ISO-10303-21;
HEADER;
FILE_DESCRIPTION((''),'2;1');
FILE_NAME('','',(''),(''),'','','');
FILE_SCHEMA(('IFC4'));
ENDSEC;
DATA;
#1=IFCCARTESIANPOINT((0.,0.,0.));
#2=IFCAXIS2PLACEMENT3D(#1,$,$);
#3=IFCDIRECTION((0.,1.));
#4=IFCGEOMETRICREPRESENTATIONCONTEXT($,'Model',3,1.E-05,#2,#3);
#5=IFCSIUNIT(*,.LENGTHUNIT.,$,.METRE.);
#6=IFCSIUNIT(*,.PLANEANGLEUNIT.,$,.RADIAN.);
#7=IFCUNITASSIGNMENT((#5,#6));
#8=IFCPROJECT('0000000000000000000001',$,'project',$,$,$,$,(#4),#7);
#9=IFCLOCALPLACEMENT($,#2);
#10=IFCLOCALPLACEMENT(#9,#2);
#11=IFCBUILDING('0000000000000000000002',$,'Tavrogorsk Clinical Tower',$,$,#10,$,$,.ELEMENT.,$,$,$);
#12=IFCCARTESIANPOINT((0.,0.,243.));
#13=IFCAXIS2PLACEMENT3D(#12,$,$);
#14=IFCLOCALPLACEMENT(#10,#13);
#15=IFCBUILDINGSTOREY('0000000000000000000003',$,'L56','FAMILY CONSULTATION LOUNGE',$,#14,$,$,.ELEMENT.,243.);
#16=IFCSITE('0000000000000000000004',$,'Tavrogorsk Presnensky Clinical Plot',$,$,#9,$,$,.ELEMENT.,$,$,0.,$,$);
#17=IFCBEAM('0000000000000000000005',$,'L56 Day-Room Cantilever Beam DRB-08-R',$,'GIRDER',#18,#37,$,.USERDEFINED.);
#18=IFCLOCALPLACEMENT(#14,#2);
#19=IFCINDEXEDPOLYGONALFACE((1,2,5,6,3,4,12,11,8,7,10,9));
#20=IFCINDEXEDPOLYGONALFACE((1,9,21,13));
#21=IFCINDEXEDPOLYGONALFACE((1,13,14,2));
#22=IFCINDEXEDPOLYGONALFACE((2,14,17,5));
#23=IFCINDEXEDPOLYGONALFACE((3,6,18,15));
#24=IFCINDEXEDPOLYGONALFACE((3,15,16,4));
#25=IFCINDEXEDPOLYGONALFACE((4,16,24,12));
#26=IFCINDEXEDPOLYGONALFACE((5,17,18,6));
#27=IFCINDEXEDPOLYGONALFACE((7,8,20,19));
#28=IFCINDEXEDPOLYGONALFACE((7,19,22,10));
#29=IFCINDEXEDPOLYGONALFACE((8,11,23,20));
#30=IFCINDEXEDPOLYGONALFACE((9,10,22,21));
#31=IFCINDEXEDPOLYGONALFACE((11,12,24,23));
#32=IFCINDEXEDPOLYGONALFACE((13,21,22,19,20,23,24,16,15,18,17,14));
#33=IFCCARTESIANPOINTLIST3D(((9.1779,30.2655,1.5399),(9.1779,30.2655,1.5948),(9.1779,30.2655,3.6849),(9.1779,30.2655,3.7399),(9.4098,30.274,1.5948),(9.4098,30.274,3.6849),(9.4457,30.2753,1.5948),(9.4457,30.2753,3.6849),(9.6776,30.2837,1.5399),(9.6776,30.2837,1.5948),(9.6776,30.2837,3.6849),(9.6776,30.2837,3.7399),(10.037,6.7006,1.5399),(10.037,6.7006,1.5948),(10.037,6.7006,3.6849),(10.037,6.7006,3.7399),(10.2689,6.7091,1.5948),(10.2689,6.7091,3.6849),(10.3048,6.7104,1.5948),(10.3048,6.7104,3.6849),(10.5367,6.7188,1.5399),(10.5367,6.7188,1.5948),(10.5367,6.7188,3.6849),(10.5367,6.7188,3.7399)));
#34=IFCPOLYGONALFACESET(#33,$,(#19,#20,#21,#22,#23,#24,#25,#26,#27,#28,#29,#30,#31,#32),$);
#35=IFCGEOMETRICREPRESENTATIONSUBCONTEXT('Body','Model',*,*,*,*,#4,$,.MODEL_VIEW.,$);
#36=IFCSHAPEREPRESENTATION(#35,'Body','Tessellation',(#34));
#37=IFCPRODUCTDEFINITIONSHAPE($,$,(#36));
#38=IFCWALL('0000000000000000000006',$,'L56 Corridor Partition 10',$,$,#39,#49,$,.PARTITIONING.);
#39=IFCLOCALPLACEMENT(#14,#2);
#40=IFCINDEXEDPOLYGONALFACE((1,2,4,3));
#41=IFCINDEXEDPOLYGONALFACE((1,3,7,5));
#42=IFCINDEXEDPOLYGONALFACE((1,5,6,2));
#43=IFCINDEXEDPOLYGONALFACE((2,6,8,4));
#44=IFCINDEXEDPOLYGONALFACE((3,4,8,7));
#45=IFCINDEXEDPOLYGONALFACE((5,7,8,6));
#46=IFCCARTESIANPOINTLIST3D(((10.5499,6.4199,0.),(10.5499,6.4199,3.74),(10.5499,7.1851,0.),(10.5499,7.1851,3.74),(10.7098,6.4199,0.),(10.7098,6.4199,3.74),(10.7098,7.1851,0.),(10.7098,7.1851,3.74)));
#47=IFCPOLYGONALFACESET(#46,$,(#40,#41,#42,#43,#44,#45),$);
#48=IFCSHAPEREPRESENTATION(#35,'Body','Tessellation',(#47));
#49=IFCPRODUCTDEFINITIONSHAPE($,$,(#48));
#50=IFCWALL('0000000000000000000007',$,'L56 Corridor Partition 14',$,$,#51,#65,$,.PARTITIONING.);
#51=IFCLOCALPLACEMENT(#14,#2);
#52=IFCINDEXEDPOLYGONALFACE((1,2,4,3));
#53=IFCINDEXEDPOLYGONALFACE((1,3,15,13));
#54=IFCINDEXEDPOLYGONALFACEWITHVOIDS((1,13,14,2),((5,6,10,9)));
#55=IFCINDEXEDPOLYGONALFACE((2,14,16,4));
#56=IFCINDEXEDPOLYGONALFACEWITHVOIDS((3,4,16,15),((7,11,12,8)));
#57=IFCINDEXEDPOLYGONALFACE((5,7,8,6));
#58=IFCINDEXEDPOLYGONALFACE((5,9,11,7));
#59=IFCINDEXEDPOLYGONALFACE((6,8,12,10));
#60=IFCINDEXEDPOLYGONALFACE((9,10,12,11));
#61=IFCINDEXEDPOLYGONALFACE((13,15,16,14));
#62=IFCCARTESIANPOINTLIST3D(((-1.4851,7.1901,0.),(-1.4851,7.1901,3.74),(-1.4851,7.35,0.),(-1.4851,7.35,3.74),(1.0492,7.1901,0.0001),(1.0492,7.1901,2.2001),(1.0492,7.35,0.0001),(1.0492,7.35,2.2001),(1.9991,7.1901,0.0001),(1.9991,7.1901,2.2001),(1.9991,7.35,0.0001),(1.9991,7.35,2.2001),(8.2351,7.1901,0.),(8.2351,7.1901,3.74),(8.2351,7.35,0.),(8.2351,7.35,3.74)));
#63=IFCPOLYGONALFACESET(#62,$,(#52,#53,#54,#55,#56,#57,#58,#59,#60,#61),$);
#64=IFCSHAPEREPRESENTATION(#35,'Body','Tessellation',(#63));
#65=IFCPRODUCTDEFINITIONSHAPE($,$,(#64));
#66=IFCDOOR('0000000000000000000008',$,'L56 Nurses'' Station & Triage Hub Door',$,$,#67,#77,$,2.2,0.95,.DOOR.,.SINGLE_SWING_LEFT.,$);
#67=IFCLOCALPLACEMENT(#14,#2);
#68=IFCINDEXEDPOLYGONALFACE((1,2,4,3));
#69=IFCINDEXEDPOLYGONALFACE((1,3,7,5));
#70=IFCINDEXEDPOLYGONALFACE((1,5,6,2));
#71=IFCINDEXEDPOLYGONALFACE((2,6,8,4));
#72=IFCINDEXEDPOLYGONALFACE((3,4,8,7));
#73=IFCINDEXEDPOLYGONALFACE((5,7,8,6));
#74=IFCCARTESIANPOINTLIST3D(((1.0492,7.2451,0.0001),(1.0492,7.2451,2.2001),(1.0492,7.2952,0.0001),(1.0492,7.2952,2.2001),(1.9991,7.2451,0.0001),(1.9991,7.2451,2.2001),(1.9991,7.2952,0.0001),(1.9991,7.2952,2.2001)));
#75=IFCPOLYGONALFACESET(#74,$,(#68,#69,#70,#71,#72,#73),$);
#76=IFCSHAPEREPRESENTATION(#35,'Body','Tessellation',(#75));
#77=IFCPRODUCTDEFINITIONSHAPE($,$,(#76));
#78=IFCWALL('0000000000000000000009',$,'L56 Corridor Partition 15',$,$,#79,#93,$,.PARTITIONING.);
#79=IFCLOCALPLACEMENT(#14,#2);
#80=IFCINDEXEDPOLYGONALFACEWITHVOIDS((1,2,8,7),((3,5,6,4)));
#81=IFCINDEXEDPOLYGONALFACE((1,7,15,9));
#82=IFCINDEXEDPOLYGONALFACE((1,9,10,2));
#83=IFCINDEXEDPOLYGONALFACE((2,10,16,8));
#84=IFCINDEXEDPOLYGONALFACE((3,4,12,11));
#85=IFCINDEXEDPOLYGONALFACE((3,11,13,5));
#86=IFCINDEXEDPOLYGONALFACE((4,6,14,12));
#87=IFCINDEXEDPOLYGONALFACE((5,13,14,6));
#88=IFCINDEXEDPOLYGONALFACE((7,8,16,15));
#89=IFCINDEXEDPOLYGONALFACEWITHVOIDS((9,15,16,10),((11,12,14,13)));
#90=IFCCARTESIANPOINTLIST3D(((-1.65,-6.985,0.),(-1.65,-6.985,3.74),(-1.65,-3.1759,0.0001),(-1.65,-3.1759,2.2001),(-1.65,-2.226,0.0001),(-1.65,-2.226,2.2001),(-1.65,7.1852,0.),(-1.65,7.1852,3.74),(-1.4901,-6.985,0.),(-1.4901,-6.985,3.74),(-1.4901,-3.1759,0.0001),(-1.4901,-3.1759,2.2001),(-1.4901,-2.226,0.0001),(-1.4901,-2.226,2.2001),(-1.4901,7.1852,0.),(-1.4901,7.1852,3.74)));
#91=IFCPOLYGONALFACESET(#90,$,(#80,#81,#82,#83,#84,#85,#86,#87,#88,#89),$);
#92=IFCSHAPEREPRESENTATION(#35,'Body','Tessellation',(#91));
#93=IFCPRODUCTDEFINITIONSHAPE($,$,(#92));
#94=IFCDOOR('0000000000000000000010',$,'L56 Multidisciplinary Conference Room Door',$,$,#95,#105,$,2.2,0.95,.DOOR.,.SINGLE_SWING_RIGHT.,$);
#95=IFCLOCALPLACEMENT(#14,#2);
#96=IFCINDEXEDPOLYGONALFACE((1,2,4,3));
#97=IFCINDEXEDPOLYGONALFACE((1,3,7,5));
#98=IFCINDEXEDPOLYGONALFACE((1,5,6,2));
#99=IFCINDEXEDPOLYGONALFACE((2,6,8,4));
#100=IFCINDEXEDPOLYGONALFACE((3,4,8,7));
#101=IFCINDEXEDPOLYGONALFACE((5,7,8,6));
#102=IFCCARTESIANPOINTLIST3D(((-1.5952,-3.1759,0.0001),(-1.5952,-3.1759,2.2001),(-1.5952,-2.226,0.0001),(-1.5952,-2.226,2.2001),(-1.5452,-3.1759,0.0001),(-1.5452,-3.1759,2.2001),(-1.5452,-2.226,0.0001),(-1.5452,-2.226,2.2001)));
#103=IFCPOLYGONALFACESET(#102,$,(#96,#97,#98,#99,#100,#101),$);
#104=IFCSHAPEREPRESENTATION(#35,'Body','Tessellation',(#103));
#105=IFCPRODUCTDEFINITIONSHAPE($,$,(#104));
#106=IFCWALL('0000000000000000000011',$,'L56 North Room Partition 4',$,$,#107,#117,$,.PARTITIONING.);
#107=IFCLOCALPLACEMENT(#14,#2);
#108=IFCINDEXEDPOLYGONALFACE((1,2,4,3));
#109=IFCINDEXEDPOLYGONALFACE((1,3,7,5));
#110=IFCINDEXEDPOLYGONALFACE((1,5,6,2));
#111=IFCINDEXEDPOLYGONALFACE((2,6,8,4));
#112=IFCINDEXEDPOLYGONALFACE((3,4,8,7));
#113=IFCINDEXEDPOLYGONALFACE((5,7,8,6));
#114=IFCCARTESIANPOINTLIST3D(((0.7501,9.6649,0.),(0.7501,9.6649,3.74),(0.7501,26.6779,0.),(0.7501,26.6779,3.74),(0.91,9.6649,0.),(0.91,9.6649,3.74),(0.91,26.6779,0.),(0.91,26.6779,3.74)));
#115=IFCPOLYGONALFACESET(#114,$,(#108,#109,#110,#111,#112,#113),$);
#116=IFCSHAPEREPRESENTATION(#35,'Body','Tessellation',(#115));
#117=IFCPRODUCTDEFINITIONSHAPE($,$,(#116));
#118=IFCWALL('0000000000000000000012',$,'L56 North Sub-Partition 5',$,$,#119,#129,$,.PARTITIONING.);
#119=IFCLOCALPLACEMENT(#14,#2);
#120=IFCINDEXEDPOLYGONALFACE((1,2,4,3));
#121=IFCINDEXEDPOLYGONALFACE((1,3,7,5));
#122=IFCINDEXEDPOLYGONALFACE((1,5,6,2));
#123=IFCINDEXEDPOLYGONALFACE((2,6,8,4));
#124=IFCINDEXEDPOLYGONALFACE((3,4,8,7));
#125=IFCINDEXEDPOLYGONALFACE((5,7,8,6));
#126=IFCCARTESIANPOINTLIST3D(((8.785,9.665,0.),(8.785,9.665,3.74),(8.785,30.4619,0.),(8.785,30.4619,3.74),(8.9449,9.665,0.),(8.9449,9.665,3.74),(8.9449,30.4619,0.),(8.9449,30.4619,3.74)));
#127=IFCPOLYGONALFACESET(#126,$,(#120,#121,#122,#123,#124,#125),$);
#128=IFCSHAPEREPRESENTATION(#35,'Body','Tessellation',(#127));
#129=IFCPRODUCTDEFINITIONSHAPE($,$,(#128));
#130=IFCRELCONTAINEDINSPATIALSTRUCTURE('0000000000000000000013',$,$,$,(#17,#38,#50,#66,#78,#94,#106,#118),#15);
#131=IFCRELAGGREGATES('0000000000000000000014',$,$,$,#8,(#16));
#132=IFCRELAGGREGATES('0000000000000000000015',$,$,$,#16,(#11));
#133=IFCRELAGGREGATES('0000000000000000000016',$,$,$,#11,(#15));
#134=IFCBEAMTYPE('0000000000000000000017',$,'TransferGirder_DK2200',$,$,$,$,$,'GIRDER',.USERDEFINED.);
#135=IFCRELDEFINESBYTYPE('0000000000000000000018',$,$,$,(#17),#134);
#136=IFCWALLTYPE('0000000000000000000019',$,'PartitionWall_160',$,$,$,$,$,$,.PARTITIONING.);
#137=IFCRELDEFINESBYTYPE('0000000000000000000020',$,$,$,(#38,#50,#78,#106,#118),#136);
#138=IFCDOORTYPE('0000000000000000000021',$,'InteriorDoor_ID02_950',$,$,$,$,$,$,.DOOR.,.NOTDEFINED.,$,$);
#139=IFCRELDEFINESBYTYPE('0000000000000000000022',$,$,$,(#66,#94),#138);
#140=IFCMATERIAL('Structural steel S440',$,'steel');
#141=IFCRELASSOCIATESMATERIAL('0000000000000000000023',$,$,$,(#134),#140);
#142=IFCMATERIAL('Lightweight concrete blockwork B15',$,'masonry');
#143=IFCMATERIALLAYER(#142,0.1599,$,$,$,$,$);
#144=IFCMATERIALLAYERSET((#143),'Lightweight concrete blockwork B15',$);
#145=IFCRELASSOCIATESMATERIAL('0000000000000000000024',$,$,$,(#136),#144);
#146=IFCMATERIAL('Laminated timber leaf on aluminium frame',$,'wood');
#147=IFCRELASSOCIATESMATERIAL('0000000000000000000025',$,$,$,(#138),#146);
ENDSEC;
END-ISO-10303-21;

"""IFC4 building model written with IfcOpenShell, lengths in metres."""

from ifc_helpers import new_model, si_unit, direction, frame, frame_2d, origin, origin_2d, place, context, subcontext, project, spatial, rectangle, i_section, extrude, material, layer, layer_set, material_profile, profile_set, type_object, element, fill, save


model = new_model("IFC4")

# Units and contexts
model_context = context("Model", 3, precision=1e-05, world=origin(), true_north=direction((0.0, 1.0)))
body_context = subcontext(model_context, "Body", "Model", "MODEL_VIEW")
ifc_project = project(units=[si_unit("LENGTHUNIT", "METRE"), si_unit("PLANEANGLEUNIT", "RADIAN")], contexts=[model_context])

# Site, building, storey
site_placement = place(None, origin())
site = spatial("IfcSite", under=ifc_project, at=site_placement, Name="Tavrogorsk Presnensky Clinical Plot", CompositionType="ELEMENT", RefElevation=0.0)
building_placement = place(site_placement, origin())
building = spatial("IfcBuilding", under=site, at=building_placement, Name="Tavrogorsk Clinical Tower", CompositionType="ELEMENT")
storey_placement = place(building_placement, frame((0.0, 0.0, 243.0)))
storey = spatial("IfcBuildingStorey", under=building, at=storey_placement, Name="L56", Description="FAMILY CONSULTATION LOUNGE", CompositionType="ELEMENT", Elevation=243.0)

# Beam
ifc_material_1 = material(Name="Structural steel S440", Category="steel")
ifc_material_profile_1 = material_profile(ifc_material_1, i_section(OverallWidth=0.5, OverallDepth=2.2, WebThickness=0.0359, FlangeThickness=0.0549, at=origin_2d()), Name="DK-2200x500x36x55")
ifc_profile_set_1 = profile_set([ifc_material_profile_1], Name="Structural steel S440")
beam_type_1 = type_object("IfcBeamType", Name="TransferGirder_DK2200", ElementType="GIRDER", PredefinedType="USERDEFINED", material=ifc_profile_set_1)
beam_1_placement = place(storey_placement, frame((10.2869, 6.7097, 2.6399), z_axis=(-0.036434, 0.999336, 0.0), x_axis=(-0.999336, -0.036434, 0.0)))
element("IfcBeam", 1, at=beam_1_placement, inside=storey, type_object=beam_type_1, Name="L56 Day-Room Cantilever Beam DRB-08-R", ObjectType="GIRDER", PredefinedType="USERDEFINED", context=body_context, shape_type="SweptSolid", body=[
    extrude(i_section(OverallWidth=0.5, OverallDepth=2.2, WebThickness=0.0359, FlangeThickness=0.0549, at=origin_2d()), origin(), (0.0, 0.0, 1.0), 23.5806),
])

# Wall
ifc_material_2 = material(Name="Lightweight concrete blockwork B15", Category="masonry")
ifc_layer_1 = layer(ifc_material_2, 0.1599)
ifc_layer_set_1 = layer_set([ifc_layer_1], Name="Lightweight concrete blockwork B15")
wall_type_1 = type_object("IfcWallType", Name="PartitionWall_160", PredefinedType="PARTITIONING", material=ifc_layer_set_1)
wall_1_placement = place(storey_placement, frame((10.6299, 7.1851, 0.0), z_axis=(0.0, 0.0, 1.0), x_axis=(0.0, -1.0, 0.0)))
element("IfcWall", 2, at=wall_1_placement, inside=storey, type_object=wall_type_1, Name="L56 Corridor Partition 10", PredefinedType="PARTITIONING", context=body_context, shape_type="SweptSolid", body=[
    extrude(rectangle(XDim=0.7651, YDim=0.1599, at=frame_2d((0.3826, 0.0))), origin(), (0.0, 0.0, 1.0), 3.74),
])

# Walls, openings, doors
wall_2_placement = place(storey_placement, frame((8.2351, 7.27, 0.0), z_axis=(0.0, 0.0, 1.0), x_axis=(-1.0, 0.0, 0.0)))
wall_2 = element("IfcWall", 3, at=wall_2_placement, inside=storey, type_object=wall_type_1, Name="L56 Corridor Partition 14", PredefinedType="PARTITIONING", context=body_context, shape_type="SweptSolid", body=[
    extrude(rectangle(XDim=9.7202, YDim=0.1599, at=frame_2d((4.8601, 0.0))), origin(), (0.0, 0.0, 1.0), 3.74),
])
opening_1_placement = place(wall_2_placement, frame((6.2358, 0.0, 0.0)))
opening_1 = element("IfcOpeningElement", 4, at=opening_1_placement, cuts=wall_2, PredefinedType="OPENING", context=body_context, shape_type="SweptSolid", body=[
    extrude(rectangle(XDim=0.95, YDim=2.2, at=frame_2d((0.4751, 1.1001))), frame((0.0, 0.0898, 0.0), z_axis=(0.0, -1.0, 0.0), x_axis=(1.0, 0.0, 0.0)), (0.0, 0.0, 1.0), 0.1799),
])
ifc_material_3 = material(Name="Laminated timber leaf on aluminium frame", Category="wood")
door_type = type_object("IfcDoorType", Name="InteriorDoor_ID02_950", OperationType="NOTDEFINED", PredefinedType="DOOR", material=ifc_material_3)
door_1_placement = place(opening_1_placement, origin())
door_1 = element("IfcDoor", 5, at=door_1_placement, inside=storey, type_object=door_type, Name="L56 Nurses' Station & Triage Hub Door", OperationType="SINGLE_SWING_LEFT", OverallHeight=2.2, OverallWidth=0.95, PredefinedType="DOOR", context=body_context, shape_type="SweptSolid", body=[
    extrude(rectangle(XDim=0.95, YDim=2.2, at=frame_2d((0.4751, 1.1001))), frame((0.0, 0.0249, 0.0), z_axis=(0.0, -1.0, 0.0), x_axis=(1.0, 0.0, 0.0)), (0.0, 0.0, 1.0), 0.05),
])
fill(opening_1, door_1)
wall_3_placement = place(storey_placement, frame((-1.5701, 7.1851, 0.0), z_axis=(0.0, 0.0, 1.0), x_axis=(0.0, -1.0, 0.0)))
wall_3 = element("IfcWall", 6, at=wall_3_placement, inside=storey, type_object=wall_type_1, Name="L56 Corridor Partition 15", PredefinedType="PARTITIONING", context=body_context, shape_type="SweptSolid", body=[
    extrude(rectangle(XDim=14.1702, YDim=0.1599, at=frame_2d((7.085, 0.0))), origin(), (0.0, 0.0, 1.0), 3.74),
])
opening_2_placement = place(wall_3_placement, frame((9.4109, 0.0, 0.0)))
opening_2 = element("IfcOpeningElement", 7, at=opening_2_placement, cuts=wall_3, PredefinedType="OPENING", context=body_context, shape_type="SweptSolid", body=[
    extrude(rectangle(XDim=0.95, YDim=2.2, at=frame_2d((0.4751, 1.1001))), frame((0.0, 0.0898, 0.0), z_axis=(0.0, -1.0, 0.0), x_axis=(1.0, 0.0, 0.0)), (0.0, 0.0, 1.0), 0.1799),
])
door_2_placement = place(opening_2_placement, origin())
door_2 = element("IfcDoor", 8, at=door_2_placement, inside=storey, type_object=door_type, Name="L56 Multidisciplinary Conference Room Door", OperationType="SINGLE_SWING_RIGHT", OverallHeight=2.2, OverallWidth=0.95, PredefinedType="DOOR", context=body_context, shape_type="SweptSolid", body=[
    extrude(rectangle(XDim=0.95, YDim=2.2, at=frame_2d((0.4751, 1.1001))), frame((0.0, 0.0249, 0.0), z_axis=(0.0, -1.0, 0.0), x_axis=(1.0, 0.0, 0.0)), (0.0, 0.0, 1.0), 0.05),
])
fill(opening_2, door_2)

# Walls
wall_4_placement = place(storey_placement, frame((0.8301, 9.665, 0.0), z_axis=(0.0, 0.0, 1.0), x_axis=(0.0, 1.0, 0.0)))
element("IfcWall", 9, at=wall_4_placement, inside=storey, type_object=wall_type_1, Name="L56 North Room Partition 4", PredefinedType="PARTITIONING", context=body_context, shape_type="SweptSolid", body=[
    extrude(rectangle(XDim=17.0129, YDim=0.1599, at=frame_2d((8.5063, 0.0))), origin(), (0.0, 0.0, 1.0), 3.74),
])
wall_5_placement = place(storey_placement, frame((8.865, 9.665, 0.0), z_axis=(0.0, 0.0, 1.0), x_axis=(0.0, 1.0, 0.0)))
element("IfcWall", 10, at=wall_5_placement, inside=storey, type_object=wall_type_1, Name="L56 North Sub-Partition 5", PredefinedType="PARTITIONING", context=body_context, shape_type="SweptSolid", body=[
    extrude(rectangle(XDim=20.7969, YDim=0.1599, at=frame_2d((10.3984, 0.0))), origin(), (0.0, 0.0, 1.0), 3.74),
])

save(model, "model.ifc")
